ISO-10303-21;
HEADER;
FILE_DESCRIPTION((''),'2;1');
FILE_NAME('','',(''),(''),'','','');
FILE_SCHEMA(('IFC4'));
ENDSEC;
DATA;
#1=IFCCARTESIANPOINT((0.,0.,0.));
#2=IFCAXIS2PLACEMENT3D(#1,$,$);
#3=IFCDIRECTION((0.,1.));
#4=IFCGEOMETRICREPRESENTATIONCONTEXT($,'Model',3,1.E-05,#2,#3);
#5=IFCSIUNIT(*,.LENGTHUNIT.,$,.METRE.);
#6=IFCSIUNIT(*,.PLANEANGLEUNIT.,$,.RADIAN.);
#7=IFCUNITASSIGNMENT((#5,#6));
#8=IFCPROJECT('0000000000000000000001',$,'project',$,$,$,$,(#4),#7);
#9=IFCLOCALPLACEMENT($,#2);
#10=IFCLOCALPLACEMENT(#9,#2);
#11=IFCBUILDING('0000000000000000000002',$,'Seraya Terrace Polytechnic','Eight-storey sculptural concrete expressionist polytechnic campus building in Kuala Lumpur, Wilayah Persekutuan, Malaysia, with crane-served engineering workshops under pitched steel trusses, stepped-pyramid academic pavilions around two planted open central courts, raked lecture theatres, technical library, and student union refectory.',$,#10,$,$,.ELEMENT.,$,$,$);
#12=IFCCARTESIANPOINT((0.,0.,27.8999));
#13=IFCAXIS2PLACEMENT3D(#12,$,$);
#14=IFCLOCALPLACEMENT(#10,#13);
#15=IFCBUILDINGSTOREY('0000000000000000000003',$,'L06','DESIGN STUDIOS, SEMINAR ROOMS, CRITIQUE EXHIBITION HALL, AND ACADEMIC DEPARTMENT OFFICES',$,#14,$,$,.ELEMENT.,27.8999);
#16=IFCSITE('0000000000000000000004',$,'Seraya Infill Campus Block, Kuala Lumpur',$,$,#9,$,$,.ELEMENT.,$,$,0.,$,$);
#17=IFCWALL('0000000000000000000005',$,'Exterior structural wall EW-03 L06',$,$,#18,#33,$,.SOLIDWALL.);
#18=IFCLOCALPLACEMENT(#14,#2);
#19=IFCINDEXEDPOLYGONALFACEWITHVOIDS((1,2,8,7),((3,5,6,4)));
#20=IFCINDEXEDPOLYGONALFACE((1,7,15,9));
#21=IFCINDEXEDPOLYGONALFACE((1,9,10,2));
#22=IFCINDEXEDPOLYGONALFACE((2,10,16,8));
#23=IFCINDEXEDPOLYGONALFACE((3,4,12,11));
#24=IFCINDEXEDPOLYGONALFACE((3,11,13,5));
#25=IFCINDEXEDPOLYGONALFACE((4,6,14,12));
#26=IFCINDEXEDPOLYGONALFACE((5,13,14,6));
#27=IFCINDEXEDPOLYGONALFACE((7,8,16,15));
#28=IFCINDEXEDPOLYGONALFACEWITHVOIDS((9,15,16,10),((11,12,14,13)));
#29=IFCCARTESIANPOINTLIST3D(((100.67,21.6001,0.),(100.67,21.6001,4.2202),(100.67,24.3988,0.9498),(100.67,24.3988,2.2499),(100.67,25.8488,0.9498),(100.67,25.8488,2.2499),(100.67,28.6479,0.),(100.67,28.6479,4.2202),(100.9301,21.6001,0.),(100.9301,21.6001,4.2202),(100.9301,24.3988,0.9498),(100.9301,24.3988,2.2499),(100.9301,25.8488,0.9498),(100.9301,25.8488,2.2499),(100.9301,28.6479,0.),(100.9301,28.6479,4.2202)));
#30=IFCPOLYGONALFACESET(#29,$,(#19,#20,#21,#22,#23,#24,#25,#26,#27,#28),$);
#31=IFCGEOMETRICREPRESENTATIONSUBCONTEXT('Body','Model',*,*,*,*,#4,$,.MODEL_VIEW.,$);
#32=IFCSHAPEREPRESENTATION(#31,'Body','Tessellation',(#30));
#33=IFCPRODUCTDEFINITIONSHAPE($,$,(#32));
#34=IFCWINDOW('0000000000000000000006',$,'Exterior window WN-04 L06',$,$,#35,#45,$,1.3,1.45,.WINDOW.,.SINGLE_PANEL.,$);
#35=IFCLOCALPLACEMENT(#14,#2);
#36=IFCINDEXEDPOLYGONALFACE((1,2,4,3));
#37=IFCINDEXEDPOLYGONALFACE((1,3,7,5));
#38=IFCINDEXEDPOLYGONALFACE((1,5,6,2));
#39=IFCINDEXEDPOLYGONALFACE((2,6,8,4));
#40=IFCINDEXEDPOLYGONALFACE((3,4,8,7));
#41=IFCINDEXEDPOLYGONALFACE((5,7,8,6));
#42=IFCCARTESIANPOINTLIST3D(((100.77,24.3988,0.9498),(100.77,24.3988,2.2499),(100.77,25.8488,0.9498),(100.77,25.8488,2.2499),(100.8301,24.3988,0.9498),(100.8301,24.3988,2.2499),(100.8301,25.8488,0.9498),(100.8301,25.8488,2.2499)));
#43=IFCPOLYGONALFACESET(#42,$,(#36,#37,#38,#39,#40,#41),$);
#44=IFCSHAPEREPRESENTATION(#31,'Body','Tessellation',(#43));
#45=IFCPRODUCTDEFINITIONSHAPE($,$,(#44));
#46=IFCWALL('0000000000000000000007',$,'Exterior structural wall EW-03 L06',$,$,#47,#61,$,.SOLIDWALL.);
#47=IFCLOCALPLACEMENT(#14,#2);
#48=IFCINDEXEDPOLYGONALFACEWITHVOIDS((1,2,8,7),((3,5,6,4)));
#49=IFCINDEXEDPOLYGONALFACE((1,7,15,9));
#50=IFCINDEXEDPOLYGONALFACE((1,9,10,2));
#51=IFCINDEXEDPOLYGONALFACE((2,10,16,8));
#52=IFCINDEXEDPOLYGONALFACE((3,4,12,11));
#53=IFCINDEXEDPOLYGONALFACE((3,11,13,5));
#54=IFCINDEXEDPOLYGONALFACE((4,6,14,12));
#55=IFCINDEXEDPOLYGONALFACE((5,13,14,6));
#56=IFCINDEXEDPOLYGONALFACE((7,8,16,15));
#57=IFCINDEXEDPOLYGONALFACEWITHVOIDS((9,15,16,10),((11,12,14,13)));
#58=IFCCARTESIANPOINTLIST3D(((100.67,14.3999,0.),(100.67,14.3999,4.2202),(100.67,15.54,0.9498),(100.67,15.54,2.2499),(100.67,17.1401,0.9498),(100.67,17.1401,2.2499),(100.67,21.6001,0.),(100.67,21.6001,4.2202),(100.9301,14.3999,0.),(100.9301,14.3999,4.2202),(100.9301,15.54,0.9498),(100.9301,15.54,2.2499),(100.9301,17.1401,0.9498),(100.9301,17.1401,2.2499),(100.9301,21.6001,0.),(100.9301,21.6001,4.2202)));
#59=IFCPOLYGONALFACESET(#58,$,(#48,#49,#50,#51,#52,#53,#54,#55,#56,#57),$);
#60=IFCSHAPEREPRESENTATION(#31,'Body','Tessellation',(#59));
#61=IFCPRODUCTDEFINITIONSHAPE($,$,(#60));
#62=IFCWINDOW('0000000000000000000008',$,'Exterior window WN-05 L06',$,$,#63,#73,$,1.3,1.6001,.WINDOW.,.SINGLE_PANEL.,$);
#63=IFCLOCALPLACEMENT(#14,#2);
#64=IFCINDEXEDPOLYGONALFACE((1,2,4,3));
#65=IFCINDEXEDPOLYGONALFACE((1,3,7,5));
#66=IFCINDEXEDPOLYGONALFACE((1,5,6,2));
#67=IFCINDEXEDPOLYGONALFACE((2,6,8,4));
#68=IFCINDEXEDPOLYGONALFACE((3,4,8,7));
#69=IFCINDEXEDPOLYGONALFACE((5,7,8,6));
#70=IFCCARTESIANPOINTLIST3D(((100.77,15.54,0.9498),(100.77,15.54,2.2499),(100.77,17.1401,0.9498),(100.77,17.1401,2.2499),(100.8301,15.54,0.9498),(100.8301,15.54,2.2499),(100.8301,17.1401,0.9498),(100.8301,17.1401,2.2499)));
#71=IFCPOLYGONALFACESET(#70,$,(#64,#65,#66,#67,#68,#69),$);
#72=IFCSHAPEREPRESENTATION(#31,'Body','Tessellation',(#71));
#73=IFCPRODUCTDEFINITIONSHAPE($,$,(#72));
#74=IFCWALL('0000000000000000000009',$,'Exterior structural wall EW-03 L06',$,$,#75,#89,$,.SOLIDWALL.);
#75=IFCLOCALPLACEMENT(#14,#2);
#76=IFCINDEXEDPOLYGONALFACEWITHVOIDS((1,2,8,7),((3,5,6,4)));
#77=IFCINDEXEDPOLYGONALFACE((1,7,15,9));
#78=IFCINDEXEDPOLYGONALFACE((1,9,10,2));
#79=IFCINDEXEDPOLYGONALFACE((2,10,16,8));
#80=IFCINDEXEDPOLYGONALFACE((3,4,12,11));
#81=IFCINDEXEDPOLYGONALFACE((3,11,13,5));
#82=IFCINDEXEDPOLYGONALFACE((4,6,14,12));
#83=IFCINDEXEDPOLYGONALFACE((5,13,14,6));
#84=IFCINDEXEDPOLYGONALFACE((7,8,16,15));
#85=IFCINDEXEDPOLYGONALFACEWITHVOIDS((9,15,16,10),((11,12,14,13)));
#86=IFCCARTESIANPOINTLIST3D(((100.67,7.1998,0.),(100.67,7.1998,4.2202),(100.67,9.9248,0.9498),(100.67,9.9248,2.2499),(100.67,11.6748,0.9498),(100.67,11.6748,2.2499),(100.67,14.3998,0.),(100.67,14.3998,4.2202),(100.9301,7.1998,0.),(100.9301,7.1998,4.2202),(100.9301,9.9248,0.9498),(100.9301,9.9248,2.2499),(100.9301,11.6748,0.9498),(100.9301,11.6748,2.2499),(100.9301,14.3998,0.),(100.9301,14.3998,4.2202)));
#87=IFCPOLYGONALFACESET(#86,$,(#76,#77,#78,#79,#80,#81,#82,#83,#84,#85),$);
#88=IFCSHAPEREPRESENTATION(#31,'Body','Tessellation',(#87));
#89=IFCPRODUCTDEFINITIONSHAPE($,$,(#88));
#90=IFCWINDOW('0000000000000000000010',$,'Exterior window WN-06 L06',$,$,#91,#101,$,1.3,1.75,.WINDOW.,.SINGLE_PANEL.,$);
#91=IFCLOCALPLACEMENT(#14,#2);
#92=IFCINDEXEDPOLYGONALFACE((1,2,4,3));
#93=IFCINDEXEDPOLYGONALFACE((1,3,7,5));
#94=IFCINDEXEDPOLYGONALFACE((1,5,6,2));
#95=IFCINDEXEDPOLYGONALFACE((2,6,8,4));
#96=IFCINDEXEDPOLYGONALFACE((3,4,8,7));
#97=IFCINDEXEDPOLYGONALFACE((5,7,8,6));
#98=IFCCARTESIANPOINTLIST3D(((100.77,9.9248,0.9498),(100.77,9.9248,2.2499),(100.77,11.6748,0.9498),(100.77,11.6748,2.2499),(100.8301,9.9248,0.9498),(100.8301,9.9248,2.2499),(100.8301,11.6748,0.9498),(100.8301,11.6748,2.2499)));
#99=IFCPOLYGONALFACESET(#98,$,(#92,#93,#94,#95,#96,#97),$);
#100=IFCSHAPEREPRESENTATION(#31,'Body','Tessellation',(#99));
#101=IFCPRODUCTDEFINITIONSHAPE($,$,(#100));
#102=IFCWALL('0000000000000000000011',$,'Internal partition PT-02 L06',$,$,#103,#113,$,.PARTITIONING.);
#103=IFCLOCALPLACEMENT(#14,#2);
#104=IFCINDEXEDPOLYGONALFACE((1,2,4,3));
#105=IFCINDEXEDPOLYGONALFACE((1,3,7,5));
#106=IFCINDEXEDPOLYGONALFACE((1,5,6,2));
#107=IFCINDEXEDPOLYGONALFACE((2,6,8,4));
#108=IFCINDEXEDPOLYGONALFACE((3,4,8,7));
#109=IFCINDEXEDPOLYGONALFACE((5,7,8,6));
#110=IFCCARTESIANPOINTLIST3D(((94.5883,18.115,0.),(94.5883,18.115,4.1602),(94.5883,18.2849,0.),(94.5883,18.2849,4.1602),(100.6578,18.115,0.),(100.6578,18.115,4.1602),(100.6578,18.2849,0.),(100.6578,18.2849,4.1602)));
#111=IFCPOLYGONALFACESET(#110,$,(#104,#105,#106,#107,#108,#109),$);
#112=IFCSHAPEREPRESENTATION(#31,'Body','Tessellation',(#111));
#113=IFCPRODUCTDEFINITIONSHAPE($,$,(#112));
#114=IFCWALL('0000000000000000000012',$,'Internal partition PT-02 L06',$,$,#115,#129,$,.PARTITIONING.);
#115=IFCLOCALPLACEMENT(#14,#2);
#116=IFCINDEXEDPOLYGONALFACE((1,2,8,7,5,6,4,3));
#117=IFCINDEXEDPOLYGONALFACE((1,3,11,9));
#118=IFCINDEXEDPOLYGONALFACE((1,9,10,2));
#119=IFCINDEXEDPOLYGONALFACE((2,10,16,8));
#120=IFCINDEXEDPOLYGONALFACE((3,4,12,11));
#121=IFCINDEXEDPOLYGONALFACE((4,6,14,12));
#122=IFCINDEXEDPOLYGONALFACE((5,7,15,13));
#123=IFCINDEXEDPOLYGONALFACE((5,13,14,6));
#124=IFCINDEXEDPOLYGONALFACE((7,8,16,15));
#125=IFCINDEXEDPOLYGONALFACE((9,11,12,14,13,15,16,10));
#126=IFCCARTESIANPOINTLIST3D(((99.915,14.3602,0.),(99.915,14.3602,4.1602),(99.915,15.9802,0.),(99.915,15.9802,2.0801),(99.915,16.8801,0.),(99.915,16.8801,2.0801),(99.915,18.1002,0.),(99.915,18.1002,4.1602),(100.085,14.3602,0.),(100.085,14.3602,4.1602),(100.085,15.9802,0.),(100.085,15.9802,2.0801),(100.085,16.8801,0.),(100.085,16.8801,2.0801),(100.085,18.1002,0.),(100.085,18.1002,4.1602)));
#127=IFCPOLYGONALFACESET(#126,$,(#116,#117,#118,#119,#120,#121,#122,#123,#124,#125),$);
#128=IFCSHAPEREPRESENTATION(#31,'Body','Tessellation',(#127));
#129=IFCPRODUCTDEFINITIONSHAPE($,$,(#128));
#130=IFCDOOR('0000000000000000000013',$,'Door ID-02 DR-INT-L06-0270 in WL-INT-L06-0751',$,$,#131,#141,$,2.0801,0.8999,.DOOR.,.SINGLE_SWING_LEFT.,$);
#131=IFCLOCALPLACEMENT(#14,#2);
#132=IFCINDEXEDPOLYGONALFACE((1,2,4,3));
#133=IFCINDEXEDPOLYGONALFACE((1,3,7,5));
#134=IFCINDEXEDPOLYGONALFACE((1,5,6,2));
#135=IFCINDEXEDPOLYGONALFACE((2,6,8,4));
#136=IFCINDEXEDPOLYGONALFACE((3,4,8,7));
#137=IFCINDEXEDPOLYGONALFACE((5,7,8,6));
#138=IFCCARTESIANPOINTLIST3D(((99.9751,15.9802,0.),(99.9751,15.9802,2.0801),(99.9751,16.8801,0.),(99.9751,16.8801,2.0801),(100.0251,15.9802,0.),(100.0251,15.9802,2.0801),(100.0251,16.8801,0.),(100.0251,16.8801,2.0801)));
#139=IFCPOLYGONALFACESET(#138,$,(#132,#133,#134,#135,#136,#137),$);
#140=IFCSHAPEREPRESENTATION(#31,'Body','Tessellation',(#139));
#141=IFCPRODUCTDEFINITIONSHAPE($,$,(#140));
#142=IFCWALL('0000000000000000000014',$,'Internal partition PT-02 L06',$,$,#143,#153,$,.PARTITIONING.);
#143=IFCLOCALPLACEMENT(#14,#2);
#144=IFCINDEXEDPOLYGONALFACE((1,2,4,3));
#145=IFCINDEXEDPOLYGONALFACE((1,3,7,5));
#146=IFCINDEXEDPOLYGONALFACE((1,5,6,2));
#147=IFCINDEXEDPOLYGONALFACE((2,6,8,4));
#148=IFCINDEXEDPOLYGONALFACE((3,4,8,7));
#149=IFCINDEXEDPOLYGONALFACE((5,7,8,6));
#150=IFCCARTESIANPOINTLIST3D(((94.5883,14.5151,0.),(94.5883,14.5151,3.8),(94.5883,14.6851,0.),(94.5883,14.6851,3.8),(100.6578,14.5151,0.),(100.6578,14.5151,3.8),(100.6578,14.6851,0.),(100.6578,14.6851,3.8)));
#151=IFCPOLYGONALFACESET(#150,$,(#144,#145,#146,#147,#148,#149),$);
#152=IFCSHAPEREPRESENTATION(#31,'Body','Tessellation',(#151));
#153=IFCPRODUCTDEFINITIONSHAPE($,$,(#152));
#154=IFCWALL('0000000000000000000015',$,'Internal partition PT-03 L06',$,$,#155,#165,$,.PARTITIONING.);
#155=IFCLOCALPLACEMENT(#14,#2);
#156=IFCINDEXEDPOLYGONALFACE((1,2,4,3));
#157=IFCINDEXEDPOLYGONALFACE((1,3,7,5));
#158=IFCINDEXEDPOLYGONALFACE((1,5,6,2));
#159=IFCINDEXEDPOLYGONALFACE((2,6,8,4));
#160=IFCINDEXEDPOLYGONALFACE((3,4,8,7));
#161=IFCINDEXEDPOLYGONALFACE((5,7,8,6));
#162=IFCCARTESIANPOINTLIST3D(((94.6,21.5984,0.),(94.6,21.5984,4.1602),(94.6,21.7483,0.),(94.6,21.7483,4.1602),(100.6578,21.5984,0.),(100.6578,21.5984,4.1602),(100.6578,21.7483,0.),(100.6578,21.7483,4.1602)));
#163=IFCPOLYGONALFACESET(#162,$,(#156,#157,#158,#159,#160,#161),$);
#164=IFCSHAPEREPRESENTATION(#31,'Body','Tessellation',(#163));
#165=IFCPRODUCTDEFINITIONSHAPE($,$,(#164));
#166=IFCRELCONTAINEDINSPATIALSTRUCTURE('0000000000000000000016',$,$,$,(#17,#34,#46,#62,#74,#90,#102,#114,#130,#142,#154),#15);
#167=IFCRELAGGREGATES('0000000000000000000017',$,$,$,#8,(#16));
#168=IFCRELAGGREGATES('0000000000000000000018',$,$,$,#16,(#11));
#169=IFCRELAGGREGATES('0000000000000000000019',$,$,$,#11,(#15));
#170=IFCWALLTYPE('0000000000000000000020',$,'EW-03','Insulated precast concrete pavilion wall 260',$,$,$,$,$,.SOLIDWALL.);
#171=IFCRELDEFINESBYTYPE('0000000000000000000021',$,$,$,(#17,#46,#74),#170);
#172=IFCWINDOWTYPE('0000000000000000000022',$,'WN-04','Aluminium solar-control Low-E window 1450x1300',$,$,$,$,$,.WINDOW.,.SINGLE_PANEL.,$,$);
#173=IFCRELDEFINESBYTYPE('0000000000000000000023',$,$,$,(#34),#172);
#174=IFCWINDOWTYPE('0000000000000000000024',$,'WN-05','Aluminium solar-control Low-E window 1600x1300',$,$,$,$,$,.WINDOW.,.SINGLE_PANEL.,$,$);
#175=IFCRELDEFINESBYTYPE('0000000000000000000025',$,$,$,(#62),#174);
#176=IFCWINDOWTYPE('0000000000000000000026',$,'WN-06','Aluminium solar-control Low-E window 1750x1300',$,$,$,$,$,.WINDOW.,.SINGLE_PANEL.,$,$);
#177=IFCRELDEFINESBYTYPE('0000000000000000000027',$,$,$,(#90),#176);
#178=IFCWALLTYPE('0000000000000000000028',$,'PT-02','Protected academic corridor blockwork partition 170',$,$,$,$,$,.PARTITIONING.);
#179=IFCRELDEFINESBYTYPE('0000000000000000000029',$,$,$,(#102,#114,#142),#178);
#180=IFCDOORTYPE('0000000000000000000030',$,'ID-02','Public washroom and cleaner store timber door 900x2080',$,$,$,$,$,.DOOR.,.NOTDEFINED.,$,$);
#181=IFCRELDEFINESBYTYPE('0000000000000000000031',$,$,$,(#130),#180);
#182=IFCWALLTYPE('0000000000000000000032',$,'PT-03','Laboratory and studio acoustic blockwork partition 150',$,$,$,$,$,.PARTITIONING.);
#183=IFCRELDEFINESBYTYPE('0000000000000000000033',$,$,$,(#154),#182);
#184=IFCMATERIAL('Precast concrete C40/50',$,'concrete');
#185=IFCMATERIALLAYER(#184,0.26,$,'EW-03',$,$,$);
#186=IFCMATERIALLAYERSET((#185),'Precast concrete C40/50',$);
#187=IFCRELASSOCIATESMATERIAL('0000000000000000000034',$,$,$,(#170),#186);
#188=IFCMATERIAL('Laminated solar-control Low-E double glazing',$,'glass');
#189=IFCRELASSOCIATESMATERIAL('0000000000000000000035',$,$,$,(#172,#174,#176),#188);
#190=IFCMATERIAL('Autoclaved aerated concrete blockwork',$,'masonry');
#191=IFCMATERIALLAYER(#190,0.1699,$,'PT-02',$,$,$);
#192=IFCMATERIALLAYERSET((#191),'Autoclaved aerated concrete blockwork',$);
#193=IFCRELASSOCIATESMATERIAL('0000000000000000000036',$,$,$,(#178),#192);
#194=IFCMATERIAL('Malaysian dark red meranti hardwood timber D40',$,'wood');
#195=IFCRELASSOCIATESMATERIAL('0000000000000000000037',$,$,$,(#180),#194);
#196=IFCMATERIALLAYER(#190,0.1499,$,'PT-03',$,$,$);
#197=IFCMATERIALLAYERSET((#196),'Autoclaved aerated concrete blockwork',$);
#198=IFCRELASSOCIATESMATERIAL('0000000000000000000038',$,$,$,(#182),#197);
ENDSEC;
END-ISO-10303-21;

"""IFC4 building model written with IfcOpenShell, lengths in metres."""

from ifc_helpers import new_model, si_unit, direction, frame, frame_2d, origin, place, context, subcontext, project, spatial, rectangle, extrude, material, layer, layer_set, type_object, element, fill, save


model = new_model("IFC4")

# Units and contexts
model_context = context("Model", 3, precision=1e-05, world=origin(), true_north=direction((0.0, 1.0)))
body_context = subcontext(model_context, "Body", "Model", "MODEL_VIEW")
ifc_project = project(units=[si_unit("LENGTHUNIT", "METRE"), si_unit("PLANEANGLEUNIT", "RADIAN")], contexts=[model_context])

# Site, building, storey
site_placement = place(None, origin())
site = spatial("IfcSite", under=ifc_project, at=site_placement, Name="Seraya Infill Campus Block, Kuala Lumpur", CompositionType="ELEMENT", RefElevation=0.0)
building_placement = place(site_placement, origin())
building = spatial("IfcBuilding", under=site, at=building_placement, Name="Seraya Terrace Polytechnic", Description="Eight-storey sculptural concrete expressionist polytechnic campus building in Kuala Lumpur, Wilayah Persekutuan, Malaysia, with crane-served engineering workshops under pitched steel trusses, stepped-pyramid academic pavilions around two planted open central courts, raked lecture theatres, technical library, and student union refectory.", CompositionType="ELEMENT")
storey_placement = place(building_placement, frame((0.0, 0.0, 27.8999)))
storey = spatial("IfcBuildingStorey", under=building, at=storey_placement, Name="L06", Description="DESIGN STUDIOS, SEMINAR ROOMS, CRITIQUE EXHIBITION HALL, AND ACADEMIC DEPARTMENT OFFICES", CompositionType="ELEMENT", Elevation=27.8999)

# Shared definitions
ifc_material_1 = material(Name="Precast concrete C40/50", Category="concrete")
ifc_layer_1 = layer(ifc_material_1, 0.26, Name="EW-03")
ifc_layer_set_1 = layer_set([ifc_layer_1], Name="Precast concrete C40/50")
wall_type_1 = type_object("IfcWallType", Name="EW-03", Description="Insulated precast concrete pavilion wall 260", PredefinedType="SOLIDWALL", material=ifc_layer_set_1)

# Walls, openings, windows
wall_1_placement = place(storey_placement, frame((100.8, 28.6479, 0.0), z_axis=(0.0, 0.0, 1.0), x_axis=(0.0, -1.0, 0.0)))
wall_1 = element("IfcWall", 1, at=wall_1_placement, inside=storey, type_object=wall_type_1, Name="Exterior structural wall EW-03 L06", PredefinedType="SOLIDWALL", context=body_context, shape_type="SweptSolid", body=[
    extrude(rectangle(XDim=7.0479, YDim=0.26, at=frame_2d((3.5239, 0.0))), origin(), (0.0, 0.0, 1.0), 4.2202),
])
opening_1_placement = place(wall_1_placement, frame((2.7991, 0.0, 0.95)))
opening_1 = element("IfcOpeningElement", 2, at=opening_1_placement, cuts=wall_1, PredefinedType="OPENING", context=body_context, shape_type="SweptSolid", body=[
    extrude(rectangle(XDim=1.45, YDim=1.3, at=frame_2d((0.7251, 0.6499))), frame((0.0, 0.1421, 0.0), z_axis=(0.0, -1.0, 0.0), x_axis=(1.0, 0.0, 0.0)), (0.0, 0.0, 1.0), 0.2839),
])
ifc_material_2 = material(Name="Laminated solar-control Low-E double glazing", Category="glass")
window_type_1 = type_object("IfcWindowType", Name="WN-04", Description="Aluminium solar-control Low-E window 1450x1300", PartitioningType="SINGLE_PANEL", PredefinedType="WINDOW", material=ifc_material_2)
window_1_placement = place(opening_1_placement, origin())
window_1 = element("IfcWindow", 3, at=window_1_placement, inside=storey, type_object=window_type_1, Name="Exterior window WN-04 L06", OverallHeight=1.3, OverallWidth=1.45, PartitioningType="SINGLE_PANEL", PredefinedType="WINDOW", context=body_context, shape_type="SweptSolid", body=[
    extrude(rectangle(XDim=1.45, YDim=1.3, at=frame_2d((0.7251, 0.6499))), frame((0.0, 0.03, 0.0), z_axis=(0.0, -1.0, 0.0), x_axis=(1.0, 0.0, 0.0)), (0.0, 0.0, 1.0), 0.0601),
])
fill(opening_1, window_1)
wall_2_placement = place(storey_placement, frame((100.8, 21.6001, 0.0), z_axis=(0.0, 0.0, 1.0), x_axis=(0.0, -1.0, 0.0)))
wall_2 = element("IfcWall", 4, at=wall_2_placement, inside=storey, type_object=wall_type_1, Name="Exterior structural wall EW-03 L06", PredefinedType="SOLIDWALL", context=body_context, shape_type="SweptSolid", body=[
    extrude(rectangle(XDim=7.2002, YDim=0.26, at=frame_2d((3.6001, 0.0))), origin(), (0.0, 0.0, 1.0), 4.2202),
])
opening_2_placement = place(wall_2_placement, frame((4.46, 0.0, 0.95)))
opening_2 = element("IfcOpeningElement", 5, at=opening_2_placement, cuts=wall_2, PredefinedType="OPENING", context=body_context, shape_type="SweptSolid", body=[
    extrude(rectangle(XDim=1.6001, YDim=1.3, at=frame_2d((0.8, 0.6499))), frame((0.0, 0.1421, 0.0), z_axis=(0.0, -1.0, 0.0), x_axis=(1.0, 0.0, 0.0)), (0.0, 0.0, 1.0), 0.2839),
])
window_type_2 = type_object("IfcWindowType", Name="WN-05", Description="Aluminium solar-control Low-E window 1600x1300", PartitioningType="SINGLE_PANEL", PredefinedType="WINDOW", material=ifc_material_2)
window_2_placement = place(opening_2_placement, origin())
window_2 = element("IfcWindow", 6, at=window_2_placement, inside=storey, type_object=window_type_2, Name="Exterior window WN-05 L06", OverallHeight=1.3, OverallWidth=1.6001, PartitioningType="SINGLE_PANEL", PredefinedType="WINDOW", context=body_context, shape_type="SweptSolid", body=[
    extrude(rectangle(XDim=1.6001, YDim=1.3, at=frame_2d((0.8, 0.6499))), frame((0.0, 0.03, 0.0), z_axis=(0.0, -1.0, 0.0), x_axis=(1.0, 0.0, 0.0)), (0.0, 0.0, 1.0), 0.0601),
])
fill(opening_2, window_2)
wall_3_placement = place(storey_placement, frame((100.8, 14.3999, 0.0), z_axis=(0.0, 0.0, 1.0), x_axis=(0.0, -1.0, 0.0)))
wall_3 = element("IfcWall", 7, at=wall_3_placement, inside=storey, type_object=wall_type_1, Name="Exterior structural wall EW-03 L06", PredefinedType="SOLIDWALL", context=body_context, shape_type="SweptSolid", body=[
    extrude(rectangle(XDim=7.2, YDim=0.26, at=frame_2d((3.6001, 0.0))), origin(), (0.0, 0.0, 1.0), 4.2202),
])
opening_3_placement = place(wall_3_placement, frame((2.7251, 0.0, 0.95)))
opening_3 = element("IfcOpeningElement", 8, at=opening_3_placement, cuts=wall_3, PredefinedType="OPENING", context=body_context, shape_type="SweptSolid", body=[
    extrude(rectangle(XDim=1.75, YDim=1.3, at=frame_2d((0.875, 0.6499))), frame((0.0, 0.1421, 0.0), z_axis=(0.0, -1.0, 0.0), x_axis=(1.0, 0.0, 0.0)), (0.0, 0.0, 1.0), 0.2839),
])
window_type_3 = type_object("IfcWindowType", Name="WN-06", Description="Aluminium solar-control Low-E window 1750x1300", PartitioningType="SINGLE_PANEL", PredefinedType="WINDOW", material=ifc_material_2)
window_3_placement = place(opening_3_placement, origin())
window_3 = element("IfcWindow", 9, at=window_3_placement, inside=storey, type_object=window_type_3, Name="Exterior window WN-06 L06", OverallHeight=1.3, OverallWidth=1.75, PartitioningType="SINGLE_PANEL", PredefinedType="WINDOW", context=body_context, shape_type="SweptSolid", body=[
    extrude(rectangle(XDim=1.75, YDim=1.3, at=frame_2d((0.875, 0.6499))), frame((0.0, 0.03, 0.0), z_axis=(0.0, -1.0, 0.0), x_axis=(1.0, 0.0, 0.0)), (0.0, 0.0, 1.0), 0.0601),
])
fill(opening_3, window_3)

# Wall
ifc_material_3 = material(Name="Autoclaved aerated concrete blockwork", Category="masonry")
ifc_layer_2 = layer(ifc_material_3, 0.1699, Name="PT-02")
ifc_layer_set_2 = layer_set([ifc_layer_2], Name="Autoclaved aerated concrete blockwork")
wall_type_2 = type_object("IfcWallType", Name="PT-02", Description="Protected academic corridor blockwork partition 170", PredefinedType="PARTITIONING", material=ifc_layer_set_2)
wall_4_placement = place(storey_placement, frame((94.5884, 18.2, 0.0), z_axis=(0.0, 0.0, 1.0), x_axis=(1.0, 0.0, 0.0)))
element("IfcWall", 10, at=wall_4_placement, inside=storey, type_object=wall_type_2, Name="Internal partition PT-02 L06", PredefinedType="PARTITIONING", context=body_context, shape_type="SweptSolid", body=[
    extrude(rectangle(XDim=6.0696, YDim=0.1699, at=frame_2d((3.0347, 0.0))), origin(), (0.0, 0.0, 1.0), 4.1602),
])

# Wall, opening, door
wall_5_placement = place(storey_placement, frame((100.0, 14.3601, 0.0), z_axis=(0.0, 0.0, 1.0), x_axis=(0.0, 1.0, 0.0)))
wall_5 = element("IfcWall", 11, at=wall_5_placement, inside=storey, type_object=wall_type_2, Name="Internal partition PT-02 L06", PredefinedType="PARTITIONING", context=body_context, shape_type="SweptSolid", body=[
    extrude(rectangle(XDim=3.74, YDim=0.1699, at=frame_2d((1.8701, 0.0))), origin(), (0.0, 0.0, 1.0), 4.1602),
])
opening_4_placement = place(wall_5_placement, frame((1.6201, 0.0, 0.0)))
opening_4 = element("IfcOpeningElement", 12, at=opening_4_placement, cuts=wall_5, PredefinedType="OPENING", context=body_context, shape_type="SweptSolid", body=[
    extrude(rectangle(XDim=0.8999, YDim=2.0801, at=frame_2d((0.45, 1.04))), frame((0.0, 0.0969, 0.0), z_axis=(0.0, -1.0, 0.0), x_axis=(1.0, 0.0, 0.0)), (0.0, 0.0, 1.0), 0.1938),
])
ifc_material_4 = material(Name="Malaysian dark red meranti hardwood timber D40", Category="wood")
door_type = type_object("IfcDoorType", Name="ID-02", Description="Public washroom and cleaner store timber door 900x2080", OperationType="NOTDEFINED", PredefinedType="DOOR", material=ifc_material_4)
door_placement = place(opening_4_placement, origin())
door = element("IfcDoor", 13, at=door_placement, inside=storey, type_object=door_type, Name="Door ID-02 DR-INT-L06-0270 in WL-INT-L06-0751", OperationType="SINGLE_SWING_LEFT", OverallHeight=2.0801, OverallWidth=0.8999, PredefinedType="DOOR", context=body_context, shape_type="SweptSolid", body=[
    extrude(rectangle(XDim=0.8999, YDim=2.0801, at=frame_2d((0.45, 1.04))), frame((0.0, 0.0249, 0.0), z_axis=(0.0, -1.0, 0.0), x_axis=(1.0, 0.0, 0.0)), (0.0, 0.0, 1.0), 0.05),
])
fill(opening_4, door)

# Walls
wall_6_placement = place(storey_placement, frame((94.5884, 14.6001, 0.0), z_axis=(0.0, 0.0, 1.0), x_axis=(1.0, 0.0, 0.0)))
element("IfcWall", 14, at=wall_6_placement, inside=storey, type_object=wall_type_2, Name="Internal partition PT-02 L06", PredefinedType="PARTITIONING", context=body_context, shape_type="SweptSolid", body=[
    extrude(rectangle(XDim=6.0696, YDim=0.1699, at=frame_2d((3.0347, 0.0))), origin(), (0.0, 0.0, 1.0), 3.8),
])
ifc_layer_3 = layer(ifc_material_3, 0.1499, Name="PT-03")
ifc_layer_set_3 = layer_set([ifc_layer_3], Name="Autoclaved aerated concrete blockwork")
wall_type_3 = type_object("IfcWallType", Name="PT-03", Description="Laboratory and studio acoustic blockwork partition 150", PredefinedType="PARTITIONING", material=ifc_layer_set_3)
wall_7_placement = place(storey_placement, frame((94.6001, 21.6733, 0.0), z_axis=(0.0, 0.0, 1.0), x_axis=(1.0, 0.0, 0.0)))
element("IfcWall", 15, at=wall_7_placement, inside=storey, type_object=wall_type_3, Name="Internal partition PT-03 L06", PredefinedType="PARTITIONING", context=body_context, shape_type="SweptSolid", body=[
    extrude(rectangle(XDim=6.0579, YDim=0.1499, at=frame_2d((3.0288, 0.0))), origin(), (0.0, 0.0, 1.0), 4.1602),
])

save(model, "model.ifc")
